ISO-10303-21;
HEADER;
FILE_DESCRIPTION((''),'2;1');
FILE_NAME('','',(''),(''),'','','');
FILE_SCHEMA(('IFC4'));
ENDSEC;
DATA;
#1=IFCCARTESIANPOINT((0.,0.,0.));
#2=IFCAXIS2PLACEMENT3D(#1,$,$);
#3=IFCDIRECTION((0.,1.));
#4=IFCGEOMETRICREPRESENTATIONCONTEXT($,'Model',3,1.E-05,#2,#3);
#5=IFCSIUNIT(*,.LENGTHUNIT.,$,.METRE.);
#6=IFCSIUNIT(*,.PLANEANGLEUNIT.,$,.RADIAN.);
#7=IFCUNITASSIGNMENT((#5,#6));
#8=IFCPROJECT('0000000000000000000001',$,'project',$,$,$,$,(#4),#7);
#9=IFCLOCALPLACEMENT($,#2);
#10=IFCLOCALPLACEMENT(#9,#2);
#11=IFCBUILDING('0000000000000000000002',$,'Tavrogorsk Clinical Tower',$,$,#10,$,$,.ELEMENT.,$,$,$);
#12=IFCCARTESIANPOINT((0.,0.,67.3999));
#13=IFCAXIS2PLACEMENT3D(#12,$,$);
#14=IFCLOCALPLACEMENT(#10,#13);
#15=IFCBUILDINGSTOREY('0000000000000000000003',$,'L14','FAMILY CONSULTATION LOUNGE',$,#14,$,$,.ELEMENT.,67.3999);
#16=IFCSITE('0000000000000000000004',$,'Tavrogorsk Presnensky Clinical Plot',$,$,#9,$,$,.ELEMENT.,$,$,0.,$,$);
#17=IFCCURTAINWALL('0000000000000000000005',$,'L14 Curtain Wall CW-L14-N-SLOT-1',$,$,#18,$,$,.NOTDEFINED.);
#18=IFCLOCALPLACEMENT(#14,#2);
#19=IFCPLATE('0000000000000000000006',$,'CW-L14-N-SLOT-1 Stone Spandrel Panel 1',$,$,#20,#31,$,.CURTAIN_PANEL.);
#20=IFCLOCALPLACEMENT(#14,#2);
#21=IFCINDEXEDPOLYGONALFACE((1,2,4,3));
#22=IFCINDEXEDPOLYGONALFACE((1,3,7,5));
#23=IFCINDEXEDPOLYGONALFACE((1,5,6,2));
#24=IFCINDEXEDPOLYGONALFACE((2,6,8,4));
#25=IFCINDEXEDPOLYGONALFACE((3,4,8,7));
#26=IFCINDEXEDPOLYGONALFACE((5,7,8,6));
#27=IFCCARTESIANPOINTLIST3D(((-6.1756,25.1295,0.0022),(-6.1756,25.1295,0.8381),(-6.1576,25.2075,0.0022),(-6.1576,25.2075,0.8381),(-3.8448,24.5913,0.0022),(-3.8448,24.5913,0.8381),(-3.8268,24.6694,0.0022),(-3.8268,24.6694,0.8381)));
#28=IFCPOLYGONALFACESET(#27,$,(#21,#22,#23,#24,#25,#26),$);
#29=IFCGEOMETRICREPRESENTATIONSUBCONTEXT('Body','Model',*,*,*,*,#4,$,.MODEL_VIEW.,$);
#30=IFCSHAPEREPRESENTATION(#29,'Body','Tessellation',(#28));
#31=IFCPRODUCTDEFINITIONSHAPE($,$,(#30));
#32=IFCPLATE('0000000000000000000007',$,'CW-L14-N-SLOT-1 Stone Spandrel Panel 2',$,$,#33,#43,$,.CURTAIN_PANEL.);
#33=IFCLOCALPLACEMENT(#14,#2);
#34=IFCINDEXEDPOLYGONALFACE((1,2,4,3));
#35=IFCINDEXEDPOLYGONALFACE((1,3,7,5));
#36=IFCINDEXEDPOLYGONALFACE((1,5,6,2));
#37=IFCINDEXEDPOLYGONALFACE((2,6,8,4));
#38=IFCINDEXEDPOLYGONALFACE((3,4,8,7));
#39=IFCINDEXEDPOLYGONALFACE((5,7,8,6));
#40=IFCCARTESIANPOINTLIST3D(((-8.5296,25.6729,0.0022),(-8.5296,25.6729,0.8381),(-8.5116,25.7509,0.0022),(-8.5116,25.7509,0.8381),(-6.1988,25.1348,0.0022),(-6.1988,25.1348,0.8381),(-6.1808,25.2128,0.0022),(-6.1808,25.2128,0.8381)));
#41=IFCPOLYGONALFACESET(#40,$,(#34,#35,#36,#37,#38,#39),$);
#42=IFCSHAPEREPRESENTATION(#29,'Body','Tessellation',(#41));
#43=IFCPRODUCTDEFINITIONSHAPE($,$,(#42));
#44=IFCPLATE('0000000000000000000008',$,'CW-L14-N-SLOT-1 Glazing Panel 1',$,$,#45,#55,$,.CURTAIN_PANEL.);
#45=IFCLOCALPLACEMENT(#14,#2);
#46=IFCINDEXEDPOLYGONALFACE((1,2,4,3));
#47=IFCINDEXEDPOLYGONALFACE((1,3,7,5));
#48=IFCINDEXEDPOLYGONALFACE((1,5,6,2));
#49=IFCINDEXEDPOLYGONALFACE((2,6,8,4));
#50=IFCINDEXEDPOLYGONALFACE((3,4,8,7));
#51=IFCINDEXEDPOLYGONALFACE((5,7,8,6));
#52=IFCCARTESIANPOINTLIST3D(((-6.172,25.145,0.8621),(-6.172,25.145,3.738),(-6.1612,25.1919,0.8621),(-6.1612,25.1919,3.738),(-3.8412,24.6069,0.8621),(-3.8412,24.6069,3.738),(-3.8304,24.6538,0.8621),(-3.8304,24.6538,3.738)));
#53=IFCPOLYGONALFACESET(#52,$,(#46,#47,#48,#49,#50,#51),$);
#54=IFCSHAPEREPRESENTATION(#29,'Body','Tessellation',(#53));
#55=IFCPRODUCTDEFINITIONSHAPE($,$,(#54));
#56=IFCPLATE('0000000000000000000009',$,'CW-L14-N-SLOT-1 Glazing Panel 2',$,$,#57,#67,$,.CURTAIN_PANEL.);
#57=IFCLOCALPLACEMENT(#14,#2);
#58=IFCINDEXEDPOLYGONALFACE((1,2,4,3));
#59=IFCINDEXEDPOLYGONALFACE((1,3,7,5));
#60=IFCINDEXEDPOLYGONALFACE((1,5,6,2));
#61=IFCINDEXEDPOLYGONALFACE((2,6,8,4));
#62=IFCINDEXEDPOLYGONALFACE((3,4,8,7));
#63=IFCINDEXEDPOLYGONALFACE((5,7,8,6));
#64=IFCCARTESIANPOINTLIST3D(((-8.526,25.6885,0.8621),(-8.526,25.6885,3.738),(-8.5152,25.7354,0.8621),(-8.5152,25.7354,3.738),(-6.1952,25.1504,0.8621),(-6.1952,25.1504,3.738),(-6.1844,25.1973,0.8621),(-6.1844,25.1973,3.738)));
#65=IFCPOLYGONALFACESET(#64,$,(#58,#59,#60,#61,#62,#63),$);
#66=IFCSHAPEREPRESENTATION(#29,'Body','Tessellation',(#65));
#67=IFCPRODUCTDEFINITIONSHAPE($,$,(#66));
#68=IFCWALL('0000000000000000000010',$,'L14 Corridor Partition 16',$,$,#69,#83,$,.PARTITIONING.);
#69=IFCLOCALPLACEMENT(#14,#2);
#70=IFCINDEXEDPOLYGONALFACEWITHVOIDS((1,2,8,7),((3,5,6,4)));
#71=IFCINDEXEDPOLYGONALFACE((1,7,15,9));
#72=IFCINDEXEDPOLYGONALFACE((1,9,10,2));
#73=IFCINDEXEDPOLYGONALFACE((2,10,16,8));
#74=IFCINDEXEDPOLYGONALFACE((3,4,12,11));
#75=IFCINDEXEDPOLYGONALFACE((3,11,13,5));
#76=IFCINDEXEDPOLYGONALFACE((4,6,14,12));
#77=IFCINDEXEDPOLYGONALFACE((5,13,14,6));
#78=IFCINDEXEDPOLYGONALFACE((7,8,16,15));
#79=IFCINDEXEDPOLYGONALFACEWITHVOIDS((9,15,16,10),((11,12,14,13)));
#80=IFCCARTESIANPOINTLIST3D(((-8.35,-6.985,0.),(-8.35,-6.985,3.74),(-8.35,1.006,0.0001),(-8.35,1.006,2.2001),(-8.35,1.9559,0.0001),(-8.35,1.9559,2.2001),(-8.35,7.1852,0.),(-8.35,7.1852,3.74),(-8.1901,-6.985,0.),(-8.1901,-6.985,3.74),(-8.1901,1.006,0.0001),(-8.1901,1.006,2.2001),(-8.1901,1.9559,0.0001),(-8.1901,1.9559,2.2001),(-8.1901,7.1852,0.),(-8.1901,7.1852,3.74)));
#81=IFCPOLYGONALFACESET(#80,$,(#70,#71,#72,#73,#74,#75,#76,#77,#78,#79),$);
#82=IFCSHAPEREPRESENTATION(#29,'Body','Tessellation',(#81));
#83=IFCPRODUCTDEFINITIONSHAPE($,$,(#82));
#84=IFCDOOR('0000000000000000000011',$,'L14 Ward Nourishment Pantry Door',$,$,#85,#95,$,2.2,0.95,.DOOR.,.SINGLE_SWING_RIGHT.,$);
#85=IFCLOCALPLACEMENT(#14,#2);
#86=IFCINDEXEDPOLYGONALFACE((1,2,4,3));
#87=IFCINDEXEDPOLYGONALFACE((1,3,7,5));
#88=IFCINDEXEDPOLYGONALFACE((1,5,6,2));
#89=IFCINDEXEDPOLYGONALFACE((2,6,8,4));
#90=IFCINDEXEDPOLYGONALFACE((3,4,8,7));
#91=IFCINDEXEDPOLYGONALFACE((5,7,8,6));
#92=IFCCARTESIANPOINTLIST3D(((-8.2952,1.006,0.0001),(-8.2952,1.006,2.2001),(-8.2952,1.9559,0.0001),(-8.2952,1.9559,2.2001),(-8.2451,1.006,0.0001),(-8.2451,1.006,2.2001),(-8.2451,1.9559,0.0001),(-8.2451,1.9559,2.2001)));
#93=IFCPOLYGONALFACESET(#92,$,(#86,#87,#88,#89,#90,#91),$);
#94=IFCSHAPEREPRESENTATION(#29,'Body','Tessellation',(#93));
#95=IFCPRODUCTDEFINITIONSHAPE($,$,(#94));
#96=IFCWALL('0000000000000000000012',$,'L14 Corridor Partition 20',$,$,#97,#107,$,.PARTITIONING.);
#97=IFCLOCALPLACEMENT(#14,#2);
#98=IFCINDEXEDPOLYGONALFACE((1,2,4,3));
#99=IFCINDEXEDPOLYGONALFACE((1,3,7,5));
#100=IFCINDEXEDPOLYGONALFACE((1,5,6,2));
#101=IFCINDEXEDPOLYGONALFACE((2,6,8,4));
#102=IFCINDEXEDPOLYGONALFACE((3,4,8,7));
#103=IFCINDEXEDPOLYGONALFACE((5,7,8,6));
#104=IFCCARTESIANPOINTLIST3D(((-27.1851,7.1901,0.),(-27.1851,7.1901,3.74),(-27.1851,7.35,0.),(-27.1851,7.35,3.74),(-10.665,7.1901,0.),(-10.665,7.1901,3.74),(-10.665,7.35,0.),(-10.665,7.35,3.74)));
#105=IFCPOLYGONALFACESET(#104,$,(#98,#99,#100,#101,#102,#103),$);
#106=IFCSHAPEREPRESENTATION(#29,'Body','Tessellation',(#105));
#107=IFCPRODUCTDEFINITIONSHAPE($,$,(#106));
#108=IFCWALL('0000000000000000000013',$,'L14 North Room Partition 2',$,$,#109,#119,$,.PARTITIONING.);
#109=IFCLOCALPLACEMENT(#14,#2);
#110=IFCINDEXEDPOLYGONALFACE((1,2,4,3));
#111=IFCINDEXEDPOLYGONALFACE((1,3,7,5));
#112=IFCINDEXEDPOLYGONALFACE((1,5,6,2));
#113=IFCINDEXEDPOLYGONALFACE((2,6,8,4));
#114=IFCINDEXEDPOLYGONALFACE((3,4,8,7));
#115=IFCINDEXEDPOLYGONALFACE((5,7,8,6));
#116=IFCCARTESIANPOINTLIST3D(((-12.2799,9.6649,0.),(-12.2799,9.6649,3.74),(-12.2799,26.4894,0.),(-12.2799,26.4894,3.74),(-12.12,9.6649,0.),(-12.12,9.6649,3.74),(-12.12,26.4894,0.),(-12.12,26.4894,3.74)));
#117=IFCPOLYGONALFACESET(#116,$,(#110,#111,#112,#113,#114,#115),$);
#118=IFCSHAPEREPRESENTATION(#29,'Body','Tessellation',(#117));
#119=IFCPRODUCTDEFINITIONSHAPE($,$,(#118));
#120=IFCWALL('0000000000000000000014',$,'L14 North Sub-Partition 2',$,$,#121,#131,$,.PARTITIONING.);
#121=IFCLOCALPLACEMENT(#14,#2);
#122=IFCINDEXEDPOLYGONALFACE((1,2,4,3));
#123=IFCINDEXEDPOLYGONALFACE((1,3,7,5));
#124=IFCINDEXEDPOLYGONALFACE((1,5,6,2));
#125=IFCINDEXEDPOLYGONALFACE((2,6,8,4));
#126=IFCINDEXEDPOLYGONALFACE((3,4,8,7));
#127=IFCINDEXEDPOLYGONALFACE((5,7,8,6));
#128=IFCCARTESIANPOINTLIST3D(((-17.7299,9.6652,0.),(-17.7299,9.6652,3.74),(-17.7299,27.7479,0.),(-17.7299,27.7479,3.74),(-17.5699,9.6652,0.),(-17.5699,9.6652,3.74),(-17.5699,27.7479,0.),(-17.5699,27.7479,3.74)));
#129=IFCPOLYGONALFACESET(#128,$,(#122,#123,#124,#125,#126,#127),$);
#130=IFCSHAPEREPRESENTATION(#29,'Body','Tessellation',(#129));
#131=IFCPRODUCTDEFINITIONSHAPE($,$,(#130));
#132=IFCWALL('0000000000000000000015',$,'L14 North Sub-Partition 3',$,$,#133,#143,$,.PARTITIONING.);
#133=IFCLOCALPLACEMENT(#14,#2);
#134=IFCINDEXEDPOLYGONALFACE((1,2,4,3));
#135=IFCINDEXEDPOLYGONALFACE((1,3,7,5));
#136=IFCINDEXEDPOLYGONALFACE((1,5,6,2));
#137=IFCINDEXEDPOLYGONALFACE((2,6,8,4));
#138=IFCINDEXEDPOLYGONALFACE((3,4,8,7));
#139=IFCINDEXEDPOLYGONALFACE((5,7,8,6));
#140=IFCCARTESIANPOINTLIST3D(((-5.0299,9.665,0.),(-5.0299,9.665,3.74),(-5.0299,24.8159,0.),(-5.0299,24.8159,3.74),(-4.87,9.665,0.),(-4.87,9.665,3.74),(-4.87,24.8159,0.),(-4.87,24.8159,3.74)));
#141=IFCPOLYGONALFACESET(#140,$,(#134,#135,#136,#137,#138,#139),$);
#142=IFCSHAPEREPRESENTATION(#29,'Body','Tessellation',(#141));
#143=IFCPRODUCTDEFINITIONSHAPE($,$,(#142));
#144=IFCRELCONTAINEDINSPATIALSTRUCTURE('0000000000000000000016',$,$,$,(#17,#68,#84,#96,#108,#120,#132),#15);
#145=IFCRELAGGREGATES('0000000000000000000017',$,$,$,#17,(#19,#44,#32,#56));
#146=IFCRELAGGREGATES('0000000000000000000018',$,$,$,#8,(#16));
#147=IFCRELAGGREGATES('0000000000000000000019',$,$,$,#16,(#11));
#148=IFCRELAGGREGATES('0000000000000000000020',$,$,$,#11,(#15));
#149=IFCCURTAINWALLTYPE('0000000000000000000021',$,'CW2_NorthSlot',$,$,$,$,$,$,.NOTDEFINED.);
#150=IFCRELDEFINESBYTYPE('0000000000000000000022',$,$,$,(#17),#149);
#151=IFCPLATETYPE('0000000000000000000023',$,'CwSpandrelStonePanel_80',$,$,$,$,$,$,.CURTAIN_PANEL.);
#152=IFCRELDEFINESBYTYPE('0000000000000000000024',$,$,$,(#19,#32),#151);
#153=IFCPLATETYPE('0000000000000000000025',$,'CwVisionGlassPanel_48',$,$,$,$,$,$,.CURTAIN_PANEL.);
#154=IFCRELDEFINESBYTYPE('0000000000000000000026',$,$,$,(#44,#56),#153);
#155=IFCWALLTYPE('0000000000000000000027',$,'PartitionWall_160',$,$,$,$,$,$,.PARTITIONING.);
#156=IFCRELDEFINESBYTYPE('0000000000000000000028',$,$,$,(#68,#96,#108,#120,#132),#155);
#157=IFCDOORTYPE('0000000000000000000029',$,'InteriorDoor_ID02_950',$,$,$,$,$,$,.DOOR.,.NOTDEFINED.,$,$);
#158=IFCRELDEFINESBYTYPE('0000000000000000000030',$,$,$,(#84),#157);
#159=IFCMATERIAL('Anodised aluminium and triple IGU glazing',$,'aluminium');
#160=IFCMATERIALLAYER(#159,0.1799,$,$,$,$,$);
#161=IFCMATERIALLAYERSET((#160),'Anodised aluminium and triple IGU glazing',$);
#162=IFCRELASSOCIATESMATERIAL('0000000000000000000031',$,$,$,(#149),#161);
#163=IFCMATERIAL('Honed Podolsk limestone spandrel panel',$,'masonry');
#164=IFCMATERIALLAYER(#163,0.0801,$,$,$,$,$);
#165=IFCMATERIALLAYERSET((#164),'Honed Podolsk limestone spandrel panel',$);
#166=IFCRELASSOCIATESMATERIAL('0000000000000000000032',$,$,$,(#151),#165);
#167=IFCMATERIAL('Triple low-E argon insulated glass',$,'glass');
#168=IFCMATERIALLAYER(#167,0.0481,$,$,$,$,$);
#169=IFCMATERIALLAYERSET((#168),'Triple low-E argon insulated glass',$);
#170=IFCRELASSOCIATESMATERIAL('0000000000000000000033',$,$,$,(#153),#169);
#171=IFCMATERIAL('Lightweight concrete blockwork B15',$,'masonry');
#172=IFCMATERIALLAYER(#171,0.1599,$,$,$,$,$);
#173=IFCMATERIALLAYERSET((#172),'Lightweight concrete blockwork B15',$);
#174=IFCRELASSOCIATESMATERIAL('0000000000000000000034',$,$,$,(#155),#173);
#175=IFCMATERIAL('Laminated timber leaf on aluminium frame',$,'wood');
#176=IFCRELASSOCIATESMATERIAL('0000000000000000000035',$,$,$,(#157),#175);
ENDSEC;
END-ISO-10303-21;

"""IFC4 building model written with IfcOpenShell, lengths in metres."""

from ifc_helpers import new_model, si_unit, direction, frame, frame_2d, origin, origin_2d, place, context, subcontext, project, spatial, rectangle, extrude, material, layer, layer_set, type_object, element, fill, aggregate, save


model = new_model("IFC4")

# Units and contexts
model_context = context("Model", 3, precision=1e-05, world=origin(), true_north=direction((0.0, 1.0)))
body_context = subcontext(model_context, "Body", "Model", "MODEL_VIEW")
ifc_project = project(units=[si_unit("LENGTHUNIT", "METRE"), si_unit("PLANEANGLEUNIT", "RADIAN")], contexts=[model_context])

# Site, building, storey
site_placement = place(None, origin())
site = spatial("IfcSite", under=ifc_project, at=site_placement, Name="Tavrogorsk Presnensky Clinical Plot", CompositionType="ELEMENT", RefElevation=0.0)
building_placement = place(site_placement, origin())
building = spatial("IfcBuilding", under=site, at=building_placement, Name="Tavrogorsk Clinical Tower", CompositionType="ELEMENT")
storey_placement = place(building_placement, frame((0.0, 0.0, 67.3999)))
storey = spatial("IfcBuildingStorey", under=building, at=storey_placement, Name="L14", Description="FAMILY CONSULTATION LOUNGE", CompositionType="ELEMENT", Elevation=67.3999)

# Curtain wall
ifc_material_1 = material(Name="Anodised aluminium and triple IGU glazing", Category="aluminium")
ifc_layer_1 = layer(ifc_material_1, 0.1799)
ifc_layer_set_1 = layer_set([ifc_layer_1], Name="Anodised aluminium and triple IGU glazing")
curtain_wall_type = type_object("IfcCurtainWallType", Name="CW2_NorthSlot", PredefinedType="NOTDEFINED", material=ifc_layer_set_1)
curtain_wall_placement = place(storey_placement, origin())
curtain_wall = element("IfcCurtainWall", 1, at=curtain_wall_placement, inside=storey, type_object=curtain_wall_type, Name="L14 Curtain Wall CW-L14-N-SLOT-1", PredefinedType="NOTDEFINED")

# Plates
ifc_material_2 = material(Name="Honed Podolsk limestone spandrel panel", Category="masonry")
ifc_layer_2 = layer(ifc_material_2, 0.0801)
ifc_layer_set_2 = layer_set([ifc_layer_2], Name="Honed Podolsk limestone spandrel panel")
plate_type_1 = type_object("IfcPlateType", Name="CwSpandrelStonePanel_80", PredefinedType="CURTAIN_PANEL", material=ifc_layer_set_2)
plate_1_placement = place(storey_placement, frame((-5.0012, 24.8994, 0.0022), z_axis=(0.0, 0.0, 1.0), x_axis=(-0.97437, 0.224951, 0.0)))
plate_1 = element("IfcPlate", 2, at=plate_1_placement, type_object=plate_type_1, Name="CW-L14-N-SLOT-1 Stone Spandrel Panel 1", PredefinedType="CURTAIN_PANEL", context=body_context, shape_type="SweptSolid", body=[
    extrude(rectangle(XDim=2.3921, YDim=0.0801, at=origin_2d()), origin(), (0.0, 0.0, 1.0), 0.8359),
])
plate_2_placement = place(storey_placement, frame((-7.3552, 25.4429, 0.0022), z_axis=(0.0, 0.0, 1.0), x_axis=(-0.97437, 0.224951, 0.0)))
plate_2 = element("IfcPlate", 3, at=plate_2_placement, type_object=plate_type_1, Name="CW-L14-N-SLOT-1 Stone Spandrel Panel 2", PredefinedType="CURTAIN_PANEL", context=body_context, shape_type="SweptSolid", body=[
    extrude(rectangle(XDim=2.3921, YDim=0.0801, at=origin_2d()), origin(), (0.0, 0.0, 1.0), 0.8359),
])
ifc_material_3 = material(Name="Triple low-E argon insulated glass", Category="glass")
ifc_layer_3 = layer(ifc_material_3, 0.0481)
ifc_layer_set_3 = layer_set([ifc_layer_3], Name="Triple low-E argon insulated glass")
plate_type_2 = type_object("IfcPlateType", Name="CwVisionGlassPanel_48", PredefinedType="CURTAIN_PANEL", material=ifc_layer_set_3)
plate_3_placement = place(storey_placement, frame((-5.0012, 24.8994, 0.8621), z_axis=(0.0, 0.0, 1.0), x_axis=(-0.97437, 0.224951, 0.0)))
plate_3 = element("IfcPlate", 4, at=plate_3_placement, type_object=plate_type_2, Name="CW-L14-N-SLOT-1 Glazing Panel 1", PredefinedType="CURTAIN_PANEL", context=body_context, shape_type="SweptSolid", body=[
    extrude(rectangle(XDim=2.3921, YDim=0.0481, at=origin_2d()), origin(), (0.0, 0.0, 1.0), 2.876),
])
plate_4_placement = place(storey_placement, frame((-7.3552, 25.4429, 0.8621), z_axis=(0.0, 0.0, 1.0), x_axis=(-0.97437, 0.224951, 0.0)))
plate_4 = element("IfcPlate", 5, at=plate_4_placement, type_object=plate_type_2, Name="CW-L14-N-SLOT-1 Glazing Panel 2", PredefinedType="CURTAIN_PANEL", context=body_context, shape_type="SweptSolid", body=[
    extrude(rectangle(XDim=2.3921, YDim=0.0481, at=origin_2d()), origin(), (0.0, 0.0, 1.0), 2.876),
])
aggregate(curtain_wall, [plate_1, plate_3, plate_2, plate_4])

# Wall, opening, door
ifc_material_4 = material(Name="Lightweight concrete blockwork B15", Category="masonry")
ifc_layer_4 = layer(ifc_material_4, 0.1599)
ifc_layer_set_4 = layer_set([ifc_layer_4], Name="Lightweight concrete blockwork B15")
wall_type_1 = type_object("IfcWallType", Name="PartitionWall_160", PredefinedType="PARTITIONING", material=ifc_layer_set_4)
wall_1_placement = place(storey_placement, frame((-8.27, 7.1851, 0.0), z_axis=(0.0, 0.0, 1.0), x_axis=(0.0, -1.0, 0.0)))
wall_1 = element("IfcWall", 6, at=wall_1_placement, inside=storey, type_object=wall_type_1, Name="L14 Corridor Partition 16", PredefinedType="PARTITIONING", context=body_context, shape_type="SweptSolid", body=[
    extrude(rectangle(XDim=14.1702, YDim=0.1599, at=frame_2d((7.085, 0.0))), origin(), (0.0, 0.0, 1.0), 3.74),
])
opening_1_placement = place(wall_1_placement, frame((5.229, 0.0, 0.0)))
opening_1 = element("IfcOpeningElement", 7, at=opening_1_placement, cuts=wall_1, PredefinedType="OPENING", context=body_context, shape_type="SweptSolid", body=[
    extrude(rectangle(XDim=0.95, YDim=2.2, at=frame_2d((0.4751, 1.1001))), frame((0.0, 0.0898, 0.0), z_axis=(0.0, -1.0, 0.0), x_axis=(1.0, 0.0, 0.0)), (0.0, 0.0, 1.0), 0.1799),
])
ifc_material_5 = material(Name="Laminated timber leaf on aluminium frame", Category="wood")
door_type = type_object("IfcDoorType", Name="InteriorDoor_ID02_950", OperationType="NOTDEFINED", PredefinedType="DOOR", material=ifc_material_5)
door_placement = place(opening_1_placement, origin())
door = element("IfcDoor", 8, at=door_placement, inside=storey, type_object=door_type, Name="L14 Ward Nourishment Pantry Door", OperationType="SINGLE_SWING_RIGHT", OverallHeight=2.2, OverallWidth=0.95, PredefinedType="DOOR", context=body_context, shape_type="SweptSolid", body=[
    extrude(rectangle(XDim=0.95, YDim=2.2, at=frame_2d((0.4751, 1.1001))), frame((0.0, 0.0249, 0.0), z_axis=(0.0, -1.0, 0.0), x_axis=(1.0, 0.0, 0.0)), (0.0, 0.0, 1.0), 0.05),
])
fill(opening_1, door)

# Walls
wall_2_placement = place(storey_placement, frame((-10.665, 7.27, 0.0), z_axis=(0.0, 0.0, 1.0), x_axis=(-1.0, 0.0, 0.0)))
element("IfcWall", 9, at=wall_2_placement, inside=storey, type_object=wall_type_1, Name="L14 Corridor Partition 20", PredefinedType="PARTITIONING", context=body_context, shape_type="SweptSolid", body=[
    extrude(rectangle(XDim=16.52, YDim=0.1599, at=frame_2d((8.26, 0.0))), origin(), (0.0, 0.0, 1.0), 3.74),
])
wall_3_placement = place(storey_placement, frame((-12.2, 9.665, 0.0), z_axis=(0.0, 0.0, 1.0), x_axis=(0.0, 1.0, 0.0)))
element("IfcWall", 10, at=wall_3_placement, inside=storey, type_object=wall_type_1, Name="L14 North Room Partition 2", PredefinedType="PARTITIONING", context=body_context, shape_type="SweptSolid", body=[
    extrude(rectangle(XDim=16.8245, YDim=0.1599, at=frame_2d((8.4121, 0.0))), origin(), (0.0, 0.0, 1.0), 3.74),
])
wall_4_placement = place(storey_placement, frame((-17.6499, 9.665, 0.0), z_axis=(0.0, 0.0, 1.0), x_axis=(0.0, 1.0, 0.0)))
element("IfcWall", 11, at=wall_4_placement, inside=storey, type_object=wall_type_1, Name="L14 North Sub-Partition 2", PredefinedType="PARTITIONING", context=body_context, shape_type="SweptSolid", body=[
    extrude(rectangle(XDim=18.0828, YDim=0.1599, at=frame_2d((9.0415, 0.0))), origin(), (0.0, 0.0, 1.0), 3.74),
])
wall_5_placement = place(storey_placement, frame((-4.95, 9.665, 0.0), z_axis=(0.0, 0.0, 1.0), x_axis=(0.0, 1.0, 0.0)))
element("IfcWall", 12, at=wall_5_placement, inside=storey, type_object=wall_type_1, Name="L14 North Sub-Partition 3", PredefinedType="PARTITIONING", context=body_context, shape_type="SweptSolid", body=[
    extrude(rectangle(XDim=15.1509, YDim=0.1599, at=frame_2d((7.5754, 0.0))), origin(), (0.0, 0.0, 1.0), 3.74),
])

save(model, "model.ifc")
